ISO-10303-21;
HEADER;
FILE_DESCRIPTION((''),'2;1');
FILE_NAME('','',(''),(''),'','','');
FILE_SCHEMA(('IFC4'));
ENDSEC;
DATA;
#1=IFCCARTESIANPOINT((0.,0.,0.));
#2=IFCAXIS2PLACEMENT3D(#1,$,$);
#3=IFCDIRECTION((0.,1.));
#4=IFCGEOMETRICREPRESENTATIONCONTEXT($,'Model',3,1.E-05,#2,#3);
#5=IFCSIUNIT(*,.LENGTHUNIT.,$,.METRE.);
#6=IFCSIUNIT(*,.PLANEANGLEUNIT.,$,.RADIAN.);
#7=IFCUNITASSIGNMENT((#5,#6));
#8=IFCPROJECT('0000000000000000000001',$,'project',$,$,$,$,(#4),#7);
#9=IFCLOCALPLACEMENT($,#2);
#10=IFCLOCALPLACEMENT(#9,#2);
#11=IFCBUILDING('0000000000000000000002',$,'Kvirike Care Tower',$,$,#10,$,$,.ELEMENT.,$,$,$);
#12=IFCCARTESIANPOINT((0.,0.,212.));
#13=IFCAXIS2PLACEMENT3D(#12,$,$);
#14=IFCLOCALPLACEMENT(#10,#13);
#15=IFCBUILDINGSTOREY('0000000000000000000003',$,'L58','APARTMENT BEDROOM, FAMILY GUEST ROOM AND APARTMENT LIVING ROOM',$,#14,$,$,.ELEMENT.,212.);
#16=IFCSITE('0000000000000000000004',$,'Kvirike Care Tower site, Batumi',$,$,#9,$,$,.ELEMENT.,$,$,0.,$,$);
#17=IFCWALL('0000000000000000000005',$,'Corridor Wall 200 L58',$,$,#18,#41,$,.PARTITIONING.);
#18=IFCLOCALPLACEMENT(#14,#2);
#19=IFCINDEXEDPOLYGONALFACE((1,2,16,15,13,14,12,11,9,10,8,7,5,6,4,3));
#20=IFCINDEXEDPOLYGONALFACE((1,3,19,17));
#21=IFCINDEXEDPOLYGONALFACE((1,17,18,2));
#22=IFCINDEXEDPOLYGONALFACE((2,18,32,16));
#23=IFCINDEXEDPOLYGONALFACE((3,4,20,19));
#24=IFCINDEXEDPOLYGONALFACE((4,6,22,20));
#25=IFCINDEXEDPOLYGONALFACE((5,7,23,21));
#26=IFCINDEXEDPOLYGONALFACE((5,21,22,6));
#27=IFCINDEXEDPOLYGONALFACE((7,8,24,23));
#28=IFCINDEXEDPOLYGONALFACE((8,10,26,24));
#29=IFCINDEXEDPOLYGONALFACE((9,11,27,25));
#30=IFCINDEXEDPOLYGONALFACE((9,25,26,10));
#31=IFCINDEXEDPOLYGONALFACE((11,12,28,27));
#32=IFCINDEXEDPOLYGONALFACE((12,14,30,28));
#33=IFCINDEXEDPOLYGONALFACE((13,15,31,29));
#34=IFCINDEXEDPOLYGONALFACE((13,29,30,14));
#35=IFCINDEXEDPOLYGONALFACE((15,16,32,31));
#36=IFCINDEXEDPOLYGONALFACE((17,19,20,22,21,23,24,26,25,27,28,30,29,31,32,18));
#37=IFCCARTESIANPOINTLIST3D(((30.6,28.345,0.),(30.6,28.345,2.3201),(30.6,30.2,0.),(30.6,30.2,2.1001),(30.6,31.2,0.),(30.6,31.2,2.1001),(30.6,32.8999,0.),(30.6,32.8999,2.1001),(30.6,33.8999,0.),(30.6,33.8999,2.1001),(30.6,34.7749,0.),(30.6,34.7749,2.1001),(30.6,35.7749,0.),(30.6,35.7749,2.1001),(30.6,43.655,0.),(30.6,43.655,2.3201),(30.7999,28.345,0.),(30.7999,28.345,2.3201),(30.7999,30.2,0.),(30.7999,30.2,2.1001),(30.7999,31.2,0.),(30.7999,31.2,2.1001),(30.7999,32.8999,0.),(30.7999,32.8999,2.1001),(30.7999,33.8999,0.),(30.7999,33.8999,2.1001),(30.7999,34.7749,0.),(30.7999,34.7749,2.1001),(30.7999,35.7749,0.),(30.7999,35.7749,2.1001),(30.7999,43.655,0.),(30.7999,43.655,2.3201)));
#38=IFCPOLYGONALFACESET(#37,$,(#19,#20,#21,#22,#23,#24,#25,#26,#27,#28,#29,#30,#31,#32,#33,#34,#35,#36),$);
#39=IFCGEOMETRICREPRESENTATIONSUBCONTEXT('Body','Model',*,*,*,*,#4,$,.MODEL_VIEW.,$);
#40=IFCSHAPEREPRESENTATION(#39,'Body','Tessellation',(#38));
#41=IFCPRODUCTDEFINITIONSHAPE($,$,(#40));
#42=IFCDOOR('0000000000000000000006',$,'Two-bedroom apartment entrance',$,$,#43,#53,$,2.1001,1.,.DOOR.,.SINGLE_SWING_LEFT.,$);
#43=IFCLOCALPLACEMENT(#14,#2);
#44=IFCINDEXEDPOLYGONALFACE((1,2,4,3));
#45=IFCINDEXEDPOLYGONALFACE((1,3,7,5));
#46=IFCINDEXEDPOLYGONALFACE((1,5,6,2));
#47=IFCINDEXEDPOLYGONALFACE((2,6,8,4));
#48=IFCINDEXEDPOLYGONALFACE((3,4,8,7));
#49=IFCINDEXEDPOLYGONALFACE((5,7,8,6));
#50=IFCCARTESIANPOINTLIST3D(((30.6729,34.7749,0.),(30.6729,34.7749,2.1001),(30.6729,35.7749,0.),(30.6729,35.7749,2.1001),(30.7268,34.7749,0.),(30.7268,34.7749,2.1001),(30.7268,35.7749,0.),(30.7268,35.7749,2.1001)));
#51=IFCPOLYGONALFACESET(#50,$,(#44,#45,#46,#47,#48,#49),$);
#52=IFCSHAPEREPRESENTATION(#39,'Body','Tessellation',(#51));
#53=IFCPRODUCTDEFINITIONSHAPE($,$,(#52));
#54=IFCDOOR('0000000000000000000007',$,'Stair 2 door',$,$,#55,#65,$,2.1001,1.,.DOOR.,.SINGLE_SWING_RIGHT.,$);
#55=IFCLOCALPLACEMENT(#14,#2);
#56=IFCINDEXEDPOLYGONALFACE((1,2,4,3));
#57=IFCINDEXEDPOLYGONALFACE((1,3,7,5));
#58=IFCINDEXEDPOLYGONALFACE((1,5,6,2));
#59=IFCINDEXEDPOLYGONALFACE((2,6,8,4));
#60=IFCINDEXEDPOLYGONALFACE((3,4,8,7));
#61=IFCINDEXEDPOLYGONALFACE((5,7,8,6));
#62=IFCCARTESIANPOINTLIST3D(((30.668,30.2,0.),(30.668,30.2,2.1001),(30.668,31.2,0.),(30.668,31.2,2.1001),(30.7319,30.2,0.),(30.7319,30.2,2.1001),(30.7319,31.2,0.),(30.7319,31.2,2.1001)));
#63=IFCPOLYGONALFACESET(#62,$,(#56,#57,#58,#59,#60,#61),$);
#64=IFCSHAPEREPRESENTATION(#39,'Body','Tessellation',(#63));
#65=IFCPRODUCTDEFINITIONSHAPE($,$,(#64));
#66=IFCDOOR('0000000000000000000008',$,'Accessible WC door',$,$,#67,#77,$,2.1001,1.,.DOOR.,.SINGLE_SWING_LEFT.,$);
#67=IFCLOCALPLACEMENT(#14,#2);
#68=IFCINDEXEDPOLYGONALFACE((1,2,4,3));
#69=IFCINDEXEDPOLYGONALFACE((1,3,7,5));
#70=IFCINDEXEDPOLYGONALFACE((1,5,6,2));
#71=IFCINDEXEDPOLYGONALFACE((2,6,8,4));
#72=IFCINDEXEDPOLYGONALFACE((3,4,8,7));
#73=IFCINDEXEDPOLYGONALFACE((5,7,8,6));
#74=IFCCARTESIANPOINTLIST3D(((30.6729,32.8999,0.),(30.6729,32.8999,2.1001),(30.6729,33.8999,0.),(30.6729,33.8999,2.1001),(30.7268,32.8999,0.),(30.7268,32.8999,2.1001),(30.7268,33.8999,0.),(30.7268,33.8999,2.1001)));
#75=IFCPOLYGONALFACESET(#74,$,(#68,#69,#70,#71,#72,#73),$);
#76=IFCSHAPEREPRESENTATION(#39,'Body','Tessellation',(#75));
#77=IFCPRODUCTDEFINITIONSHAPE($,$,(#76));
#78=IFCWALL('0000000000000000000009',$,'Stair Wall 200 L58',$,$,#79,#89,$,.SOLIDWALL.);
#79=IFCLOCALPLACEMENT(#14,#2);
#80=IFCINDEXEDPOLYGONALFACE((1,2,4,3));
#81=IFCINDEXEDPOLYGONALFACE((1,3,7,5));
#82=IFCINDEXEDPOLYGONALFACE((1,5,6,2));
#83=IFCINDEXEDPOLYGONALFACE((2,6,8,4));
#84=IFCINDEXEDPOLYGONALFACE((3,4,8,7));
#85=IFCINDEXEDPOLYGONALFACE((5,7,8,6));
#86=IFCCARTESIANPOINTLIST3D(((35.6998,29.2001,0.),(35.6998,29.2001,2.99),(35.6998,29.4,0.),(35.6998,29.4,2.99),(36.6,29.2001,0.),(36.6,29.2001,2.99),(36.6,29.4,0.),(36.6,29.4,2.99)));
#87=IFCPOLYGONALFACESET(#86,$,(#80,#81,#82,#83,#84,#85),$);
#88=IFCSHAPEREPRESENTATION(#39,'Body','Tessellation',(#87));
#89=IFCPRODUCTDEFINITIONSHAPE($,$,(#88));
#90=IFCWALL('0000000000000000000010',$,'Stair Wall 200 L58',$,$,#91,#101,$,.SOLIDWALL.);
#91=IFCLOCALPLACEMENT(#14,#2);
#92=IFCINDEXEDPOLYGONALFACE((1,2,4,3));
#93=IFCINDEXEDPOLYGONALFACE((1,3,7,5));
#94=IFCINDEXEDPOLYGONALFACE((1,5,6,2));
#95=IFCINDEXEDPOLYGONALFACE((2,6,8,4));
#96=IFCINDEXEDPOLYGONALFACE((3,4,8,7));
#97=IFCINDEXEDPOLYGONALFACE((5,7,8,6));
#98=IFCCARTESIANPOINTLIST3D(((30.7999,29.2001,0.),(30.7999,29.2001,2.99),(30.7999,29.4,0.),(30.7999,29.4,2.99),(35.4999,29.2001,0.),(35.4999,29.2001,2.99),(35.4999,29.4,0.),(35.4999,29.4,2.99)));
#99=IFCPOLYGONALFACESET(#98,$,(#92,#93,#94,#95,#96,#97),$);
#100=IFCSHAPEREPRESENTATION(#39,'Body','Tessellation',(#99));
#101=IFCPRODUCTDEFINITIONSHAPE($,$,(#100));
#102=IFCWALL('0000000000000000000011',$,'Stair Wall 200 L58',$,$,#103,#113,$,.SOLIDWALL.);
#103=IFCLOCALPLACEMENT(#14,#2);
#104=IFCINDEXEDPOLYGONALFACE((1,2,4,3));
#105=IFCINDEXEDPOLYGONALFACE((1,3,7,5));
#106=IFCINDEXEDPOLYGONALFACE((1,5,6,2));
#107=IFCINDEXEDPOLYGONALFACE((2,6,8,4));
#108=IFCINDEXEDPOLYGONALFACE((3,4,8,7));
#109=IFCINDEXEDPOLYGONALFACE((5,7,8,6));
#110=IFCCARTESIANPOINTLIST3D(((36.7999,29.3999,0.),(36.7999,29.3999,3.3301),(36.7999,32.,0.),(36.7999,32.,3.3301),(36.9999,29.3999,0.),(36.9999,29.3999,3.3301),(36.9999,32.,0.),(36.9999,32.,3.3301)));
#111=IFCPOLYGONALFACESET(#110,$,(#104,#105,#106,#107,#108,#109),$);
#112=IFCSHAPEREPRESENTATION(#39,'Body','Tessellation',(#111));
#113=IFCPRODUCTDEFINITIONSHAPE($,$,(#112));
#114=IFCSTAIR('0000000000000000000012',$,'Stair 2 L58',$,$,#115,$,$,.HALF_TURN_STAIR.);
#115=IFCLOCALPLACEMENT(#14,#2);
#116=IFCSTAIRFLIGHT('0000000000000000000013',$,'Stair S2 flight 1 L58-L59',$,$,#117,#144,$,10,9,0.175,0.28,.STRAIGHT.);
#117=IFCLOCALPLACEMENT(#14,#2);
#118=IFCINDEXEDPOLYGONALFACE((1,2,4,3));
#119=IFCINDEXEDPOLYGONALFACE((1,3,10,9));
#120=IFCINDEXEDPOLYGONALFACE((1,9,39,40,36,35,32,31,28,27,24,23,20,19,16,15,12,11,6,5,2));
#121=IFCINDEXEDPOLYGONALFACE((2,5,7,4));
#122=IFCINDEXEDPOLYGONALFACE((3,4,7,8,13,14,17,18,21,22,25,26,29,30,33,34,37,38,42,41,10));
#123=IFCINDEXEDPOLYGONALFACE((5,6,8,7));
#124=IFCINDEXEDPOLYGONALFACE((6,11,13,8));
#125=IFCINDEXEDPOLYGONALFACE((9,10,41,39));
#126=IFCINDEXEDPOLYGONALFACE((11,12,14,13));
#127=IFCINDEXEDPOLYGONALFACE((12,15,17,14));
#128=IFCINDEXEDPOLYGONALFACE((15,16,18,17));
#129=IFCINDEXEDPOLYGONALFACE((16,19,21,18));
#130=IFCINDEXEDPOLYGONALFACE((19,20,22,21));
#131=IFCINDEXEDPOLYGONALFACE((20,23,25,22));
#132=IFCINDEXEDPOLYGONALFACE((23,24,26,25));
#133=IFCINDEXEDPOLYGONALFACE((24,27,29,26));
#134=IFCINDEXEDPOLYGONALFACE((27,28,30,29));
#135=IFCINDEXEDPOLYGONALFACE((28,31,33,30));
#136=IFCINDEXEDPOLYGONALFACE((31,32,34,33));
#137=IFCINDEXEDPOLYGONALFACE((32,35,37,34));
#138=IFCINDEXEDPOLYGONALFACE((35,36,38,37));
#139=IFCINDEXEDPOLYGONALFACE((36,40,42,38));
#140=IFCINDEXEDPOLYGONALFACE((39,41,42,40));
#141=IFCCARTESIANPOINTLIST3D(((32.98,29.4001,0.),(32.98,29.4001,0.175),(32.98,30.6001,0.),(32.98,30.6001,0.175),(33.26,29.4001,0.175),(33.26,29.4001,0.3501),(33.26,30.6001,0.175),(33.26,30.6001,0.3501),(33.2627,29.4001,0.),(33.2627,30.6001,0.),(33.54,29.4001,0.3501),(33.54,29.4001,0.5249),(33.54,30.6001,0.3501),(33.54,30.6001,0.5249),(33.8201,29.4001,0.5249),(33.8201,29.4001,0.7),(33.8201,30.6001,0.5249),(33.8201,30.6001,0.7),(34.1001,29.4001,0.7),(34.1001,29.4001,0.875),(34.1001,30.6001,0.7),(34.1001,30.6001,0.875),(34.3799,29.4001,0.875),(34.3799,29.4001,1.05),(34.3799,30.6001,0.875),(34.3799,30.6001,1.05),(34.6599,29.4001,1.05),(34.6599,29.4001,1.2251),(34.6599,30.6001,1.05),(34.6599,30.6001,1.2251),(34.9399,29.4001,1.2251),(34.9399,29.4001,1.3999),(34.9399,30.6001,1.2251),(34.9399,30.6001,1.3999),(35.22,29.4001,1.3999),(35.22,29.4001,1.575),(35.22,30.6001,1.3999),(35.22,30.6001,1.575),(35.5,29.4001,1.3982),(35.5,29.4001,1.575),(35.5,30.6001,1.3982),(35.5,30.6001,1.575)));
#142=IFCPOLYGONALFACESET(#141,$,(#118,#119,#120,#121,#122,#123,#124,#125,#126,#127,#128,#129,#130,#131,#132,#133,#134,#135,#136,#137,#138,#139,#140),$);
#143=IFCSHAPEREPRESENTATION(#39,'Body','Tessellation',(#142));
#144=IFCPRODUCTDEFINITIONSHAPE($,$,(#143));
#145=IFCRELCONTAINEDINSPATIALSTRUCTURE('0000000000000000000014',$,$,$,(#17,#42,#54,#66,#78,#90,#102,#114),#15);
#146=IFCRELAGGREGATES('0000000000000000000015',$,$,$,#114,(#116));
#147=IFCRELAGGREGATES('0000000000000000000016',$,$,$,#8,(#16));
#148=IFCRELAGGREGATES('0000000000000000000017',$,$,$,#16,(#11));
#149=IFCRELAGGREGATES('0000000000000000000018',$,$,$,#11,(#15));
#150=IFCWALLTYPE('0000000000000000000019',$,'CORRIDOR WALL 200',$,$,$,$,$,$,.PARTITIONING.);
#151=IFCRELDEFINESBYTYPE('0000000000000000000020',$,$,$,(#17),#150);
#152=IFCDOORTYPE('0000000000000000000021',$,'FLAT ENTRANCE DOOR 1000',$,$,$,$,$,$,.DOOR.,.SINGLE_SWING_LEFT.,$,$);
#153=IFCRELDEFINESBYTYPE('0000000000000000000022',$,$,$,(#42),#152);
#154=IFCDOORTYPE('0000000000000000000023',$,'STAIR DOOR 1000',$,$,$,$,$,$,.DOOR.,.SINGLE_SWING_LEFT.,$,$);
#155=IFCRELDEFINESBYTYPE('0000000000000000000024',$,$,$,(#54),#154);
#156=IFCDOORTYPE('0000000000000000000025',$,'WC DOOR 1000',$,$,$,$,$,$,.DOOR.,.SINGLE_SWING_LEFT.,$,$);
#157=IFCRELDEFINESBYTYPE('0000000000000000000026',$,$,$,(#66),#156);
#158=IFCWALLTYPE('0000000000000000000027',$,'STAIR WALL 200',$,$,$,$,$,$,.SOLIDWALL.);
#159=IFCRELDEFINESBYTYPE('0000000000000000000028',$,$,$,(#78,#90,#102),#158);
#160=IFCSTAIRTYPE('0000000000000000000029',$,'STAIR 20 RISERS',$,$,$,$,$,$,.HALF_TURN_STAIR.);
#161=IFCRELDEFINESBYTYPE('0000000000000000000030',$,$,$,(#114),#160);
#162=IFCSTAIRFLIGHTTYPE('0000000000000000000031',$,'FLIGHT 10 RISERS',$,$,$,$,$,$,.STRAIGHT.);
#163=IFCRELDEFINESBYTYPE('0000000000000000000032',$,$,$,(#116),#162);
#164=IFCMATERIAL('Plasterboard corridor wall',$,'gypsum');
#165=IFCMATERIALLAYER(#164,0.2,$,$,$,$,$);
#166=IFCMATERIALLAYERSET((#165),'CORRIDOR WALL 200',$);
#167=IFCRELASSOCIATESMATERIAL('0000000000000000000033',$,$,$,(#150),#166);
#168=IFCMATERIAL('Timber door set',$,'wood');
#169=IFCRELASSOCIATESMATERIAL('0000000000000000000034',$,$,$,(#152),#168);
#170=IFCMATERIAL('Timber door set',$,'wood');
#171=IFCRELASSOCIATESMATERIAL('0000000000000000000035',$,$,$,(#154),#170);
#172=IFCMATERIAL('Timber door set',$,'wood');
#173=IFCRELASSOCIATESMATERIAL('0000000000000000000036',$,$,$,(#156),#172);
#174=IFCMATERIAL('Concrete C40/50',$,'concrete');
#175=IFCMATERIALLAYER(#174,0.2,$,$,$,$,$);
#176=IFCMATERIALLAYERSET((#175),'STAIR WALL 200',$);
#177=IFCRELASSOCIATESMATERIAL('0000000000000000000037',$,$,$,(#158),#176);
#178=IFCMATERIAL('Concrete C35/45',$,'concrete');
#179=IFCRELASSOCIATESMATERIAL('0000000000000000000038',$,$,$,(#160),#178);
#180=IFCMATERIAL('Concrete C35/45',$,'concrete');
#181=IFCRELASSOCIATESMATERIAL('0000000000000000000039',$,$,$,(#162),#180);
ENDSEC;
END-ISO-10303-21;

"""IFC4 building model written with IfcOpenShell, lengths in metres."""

from ifc_helpers import new_model, si_unit, direction, frame, frame_2d, origin, place, context, subcontext, project, spatial, polyline, rectangle, outline, extrude, material, layer, layer_set, type_object, element, fill, aggregate, save


model = new_model("IFC4")

# Units and contexts
model_context = context("Model", 3, precision=1e-05, world=origin(), true_north=direction((0.0, 1.0)))
body_context = subcontext(model_context, "Body", "Model", "MODEL_VIEW")
ifc_project = project(units=[si_unit("LENGTHUNIT", "METRE"), si_unit("PLANEANGLEUNIT", "RADIAN")], contexts=[model_context])

# Site, building, storey
site_placement = place(None, origin())
site = spatial("IfcSite", under=ifc_project, at=site_placement, Name="Kvirike Care Tower site, Batumi", CompositionType="ELEMENT", RefElevation=0.0)
building_placement = place(site_placement, origin())
building = spatial("IfcBuilding", under=site, at=building_placement, Name="Kvirike Care Tower", CompositionType="ELEMENT")
storey_placement = place(building_placement, frame((0.0, 0.0, 212.0)))
storey = spatial("IfcBuildingStorey", under=building, at=storey_placement, Name="L58", Description="APARTMENT BEDROOM, FAMILY GUEST ROOM AND APARTMENT LIVING ROOM", CompositionType="ELEMENT", Elevation=212.0)

# Wall, openings, doors
ifc_material_1 = material(Name="Plasterboard corridor wall", Category="gypsum")
ifc_layer_1 = layer(ifc_material_1, 0.2)
ifc_layer_set_1 = layer_set([ifc_layer_1], Name="CORRIDOR WALL 200")
wall_type_1 = type_object("IfcWallType", Name="CORRIDOR WALL 200", PredefinedType="PARTITIONING", material=ifc_layer_set_1)
wall_1_placement = place(storey_placement, frame((30.7, 28.345, 0.0), z_axis=(0.0, 0.0, 1.0), x_axis=(0.0, 1.0, 0.0)))
wall_1 = element("IfcWall", 1, at=wall_1_placement, inside=storey, type_object=wall_type_1, Name="Corridor Wall 200 L58", PredefinedType="PARTITIONING", context=body_context, shape_type="SweptSolid", body=[
    extrude(rectangle(XDim=15.3101, YDim=0.2, at=frame_2d((7.655, 0.0))), origin(), (0.0, 0.0, 1.0), 2.3201),
])
opening_1_placement = place(wall_1_placement, frame((1.855, 0.0, 0.0)))
opening_1 = element("IfcOpeningElement", 2, at=opening_1_placement, cuts=wall_1, PredefinedType="OPENING", context=body_context, shape_type="SweptSolid", body=[
    extrude(rectangle(XDim=1.0, YDim=2.1001, at=frame_2d((0.5, 1.05))), frame((0.0, 0.1106, 0.0), z_axis=(0.0, -1.0, 0.0), x_axis=(1.0, 0.0, 0.0)), (0.0, 0.0, 1.0), 0.2209),
])
opening_2_placement = place(wall_1_placement, frame((4.5549, 0.0, 0.0)))
opening_2 = element("IfcOpeningElement", 3, at=opening_2_placement, cuts=wall_1, PredefinedType="OPENING", context=body_context, shape_type="SweptSolid", body=[
    extrude(rectangle(XDim=1.0, YDim=2.1001, at=frame_2d((0.5, 1.05))), frame((0.0, 0.1106, 0.0), z_axis=(0.0, -1.0, 0.0), x_axis=(1.0, 0.0, 0.0)), (0.0, 0.0, 1.0), 0.2209),
])
opening_3_placement = place(wall_1_placement, frame((6.4299, 0.0, 0.0)))
opening_3 = element("IfcOpeningElement", 4, at=opening_3_placement, cuts=wall_1, PredefinedType="OPENING", context=body_context, shape_type="SweptSolid", body=[
    extrude(rectangle(XDim=1.0, YDim=2.1001, at=frame_2d((0.5, 1.05))), frame((0.0, 0.1106, 0.0), z_axis=(0.0, -1.0, 0.0), x_axis=(1.0, 0.0, 0.0)), (0.0, 0.0, 1.0), 0.2209),
])
ifc_material_2 = material(Name="Timber door set", Category="wood")
door_type_1 = type_object("IfcDoorType", Name="FLAT ENTRANCE DOOR 1000", OperationType="SINGLE_SWING_LEFT", PredefinedType="DOOR", material=ifc_material_2)
door_1_placement = place(opening_3_placement, frame((1.0, 0.0, 0.0), z_axis=(0.0, 0.0, 1.0), x_axis=(-1.0, 0.0, 0.0)))
door_1 = element("IfcDoor", 5, at=door_1_placement, inside=storey, type_object=door_type_1, Name="Two-bedroom apartment entrance", OperationType="SINGLE_SWING_LEFT", OverallHeight=2.1001, OverallWidth=1.0, PredefinedType="DOOR", context=body_context, shape_type="SweptSolid", body=[
    extrude(rectangle(XDim=1.0, YDim=2.1001, at=frame_2d((0.5, 1.05))), frame((0.0, 0.0269, 0.0), z_axis=(0.0, -1.0, 0.0), x_axis=(1.0, 0.0, 0.0)), (0.0, 0.0, 1.0), 0.054),
])
fill(opening_3, door_1)
ifc_material_3 = material(Name="Timber door set", Category="wood")
door_type_2 = type_object("IfcDoorType", Name="STAIR DOOR 1000", OperationType="SINGLE_SWING_LEFT", PredefinedType="DOOR", material=ifc_material_3)
door_2_placement = place(opening_1_placement, frame((1.0, 0.0, 0.0), z_axis=(0.0, 0.0, 1.0), x_axis=(-1.0, 0.0, 0.0)))
door_2 = element("IfcDoor", 6, at=door_2_placement, inside=storey, type_object=door_type_2, Name="Stair 2 door", OperationType="SINGLE_SWING_RIGHT", OverallHeight=2.1001, OverallWidth=1.0, PredefinedType="DOOR", context=body_context, shape_type="SweptSolid", body=[
    extrude(rectangle(XDim=1.0, YDim=2.1001, at=frame_2d((0.5, 1.05))), frame((0.0, 0.032, 0.0), z_axis=(0.0, -1.0, 0.0), x_axis=(1.0, 0.0, 0.0)), (0.0, 0.0, 1.0), 0.064),
])
fill(opening_1, door_2)
ifc_material_4 = material(Name="Timber door set", Category="wood")
door_type_3 = type_object("IfcDoorType", Name="WC DOOR 1000", OperationType="SINGLE_SWING_LEFT", PredefinedType="DOOR", material=ifc_material_4)
door_3_placement = place(opening_2_placement, frame((1.0, 0.0, 0.0), z_axis=(0.0, 0.0, 1.0), x_axis=(-1.0, 0.0, 0.0)))
door_3 = element("IfcDoor", 7, at=door_3_placement, inside=storey, type_object=door_type_3, Name="Accessible WC door", OperationType="SINGLE_SWING_LEFT", OverallHeight=2.1001, OverallWidth=1.0, PredefinedType="DOOR", context=body_context, shape_type="SweptSolid", body=[
    extrude(rectangle(XDim=1.0, YDim=2.1001, at=frame_2d((0.5, 1.05))), frame((0.0, 0.0269, 0.0), z_axis=(0.0, -1.0, 0.0), x_axis=(1.0, 0.0, 0.0)), (0.0, 0.0, 1.0), 0.054),
])
fill(opening_2, door_3)

# Walls
ifc_material_5 = material(Name="Concrete C40/50", Category="concrete")
ifc_layer_2 = layer(ifc_material_5, 0.2)
ifc_layer_set_2 = layer_set([ifc_layer_2], Name="STAIR WALL 200")
wall_type_2 = type_object("IfcWallType", Name="STAIR WALL 200", PredefinedType="SOLIDWALL", material=ifc_layer_set_2)
wall_2_placement = place(storey_placement, frame((36.6001, 29.3, 0.0), z_axis=(0.0, 0.0, 1.0), x_axis=(-1.0, 0.0, 0.0)))
element("IfcWall", 8, at=wall_2_placement, inside=storey, type_object=wall_type_2, Name="Stair Wall 200 L58", PredefinedType="SOLIDWALL", context=body_context, shape_type="SweptSolid", body=[
    extrude(rectangle(XDim=0.9001, YDim=0.2, at=frame_2d((0.4502, 0.0))), origin(), (0.0, 0.0, 1.0), 2.99),
])
wall_3_placement = place(storey_placement, frame((35.5, 29.3, 0.0), z_axis=(0.0, 0.0, 1.0), x_axis=(-1.0, 0.0, 0.0)))
element("IfcWall", 9, at=wall_3_placement, inside=storey, type_object=wall_type_2, Name="Stair Wall 200 L58", PredefinedType="SOLIDWALL", context=body_context, shape_type="SweptSolid", body=[
    extrude(rectangle(XDim=4.7, YDim=0.2, at=frame_2d((2.3501, 0.0))), origin(), (0.0, 0.0, 1.0), 2.99),
])
wall_4_placement = place(storey_placement, frame((36.8999, 29.3999, 0.0), z_axis=(0.0, 0.0, 1.0), x_axis=(0.0, 1.0, 0.0)))
element("IfcWall", 10, at=wall_4_placement, inside=storey, type_object=wall_type_2, Name="Stair Wall 200 L58", PredefinedType="SOLIDWALL", context=body_context, shape_type="SweptSolid", body=[
    extrude(rectangle(XDim=2.6001, YDim=0.2, at=frame_2d((1.3, 0.0))), origin(), (0.0, 0.0, 1.0), 3.3301),
])

# Stair, stair flight
ifc_material_6 = material(Name="Concrete C35/45", Category="concrete")
stair_type = type_object("IfcStairType", Name="STAIR 20 RISERS", PredefinedType="HALF_TURN_STAIR", material=ifc_material_6)
stair_placement = place(storey_placement, origin())
stair = element("IfcStair", 11, at=stair_placement, inside=storey, type_object=stair_type, Name="Stair 2 L58", PredefinedType="HALF_TURN_STAIR")
ifc_material_7 = material(Name="Concrete C35/45", Category="concrete")
stair_flight_type = type_object("IfcStairFlightType", Name="FLIGHT 10 RISERS", PredefinedType="STRAIGHT", material=ifc_material_7)
stair_flight_1_placement = place(storey_placement, frame((32.98, 30.0, 0.0), z_axis=(0.0, 0.0, 1.0), x_axis=(1.0, 0.0, 0.0)))
stair_flight_1 = element("IfcStairFlight", 12, at=stair_flight_1_placement, type_object=stair_flight_type, Name="Stair S2 flight 1 L58-L59", NumberOfRisers=10, NumberOfTreads=9, PredefinedType="STRAIGHT", RiserHeight=0.175, TreadLength=0.28, context=body_context, shape_type="SweptSolid", body=[
    extrude(outline(polyline([(0.0, 0.0), (0.0, 0.175), (0.28, 0.175), (0.28, 0.3501), (0.5601, 0.3501), (0.5601, 0.5249), (0.8401, 0.5249), (0.8401, 0.7), (1.1201, 0.7), (1.1201, 0.875), (1.3999, 0.875), (1.3999, 1.05), (1.6799, 1.05), (1.6799, 1.2251), (1.96, 1.2251), (1.96, 1.3999), (2.24, 1.3999), (2.24, 1.575), (2.52, 1.575), (2.52, 1.75), (2.52, 1.3982), (0.2827, 0.0), (0.0, 0.0)])), frame((0.0, 0.6001, 0.0), z_axis=(0.0, -1.0, 0.0), x_axis=(1.0, 0.0, 0.0)), (0.0, 0.0, 1.0), 1.2),
])
aggregate(stair, [stair_flight_1])

save(model, "model.ifc")
